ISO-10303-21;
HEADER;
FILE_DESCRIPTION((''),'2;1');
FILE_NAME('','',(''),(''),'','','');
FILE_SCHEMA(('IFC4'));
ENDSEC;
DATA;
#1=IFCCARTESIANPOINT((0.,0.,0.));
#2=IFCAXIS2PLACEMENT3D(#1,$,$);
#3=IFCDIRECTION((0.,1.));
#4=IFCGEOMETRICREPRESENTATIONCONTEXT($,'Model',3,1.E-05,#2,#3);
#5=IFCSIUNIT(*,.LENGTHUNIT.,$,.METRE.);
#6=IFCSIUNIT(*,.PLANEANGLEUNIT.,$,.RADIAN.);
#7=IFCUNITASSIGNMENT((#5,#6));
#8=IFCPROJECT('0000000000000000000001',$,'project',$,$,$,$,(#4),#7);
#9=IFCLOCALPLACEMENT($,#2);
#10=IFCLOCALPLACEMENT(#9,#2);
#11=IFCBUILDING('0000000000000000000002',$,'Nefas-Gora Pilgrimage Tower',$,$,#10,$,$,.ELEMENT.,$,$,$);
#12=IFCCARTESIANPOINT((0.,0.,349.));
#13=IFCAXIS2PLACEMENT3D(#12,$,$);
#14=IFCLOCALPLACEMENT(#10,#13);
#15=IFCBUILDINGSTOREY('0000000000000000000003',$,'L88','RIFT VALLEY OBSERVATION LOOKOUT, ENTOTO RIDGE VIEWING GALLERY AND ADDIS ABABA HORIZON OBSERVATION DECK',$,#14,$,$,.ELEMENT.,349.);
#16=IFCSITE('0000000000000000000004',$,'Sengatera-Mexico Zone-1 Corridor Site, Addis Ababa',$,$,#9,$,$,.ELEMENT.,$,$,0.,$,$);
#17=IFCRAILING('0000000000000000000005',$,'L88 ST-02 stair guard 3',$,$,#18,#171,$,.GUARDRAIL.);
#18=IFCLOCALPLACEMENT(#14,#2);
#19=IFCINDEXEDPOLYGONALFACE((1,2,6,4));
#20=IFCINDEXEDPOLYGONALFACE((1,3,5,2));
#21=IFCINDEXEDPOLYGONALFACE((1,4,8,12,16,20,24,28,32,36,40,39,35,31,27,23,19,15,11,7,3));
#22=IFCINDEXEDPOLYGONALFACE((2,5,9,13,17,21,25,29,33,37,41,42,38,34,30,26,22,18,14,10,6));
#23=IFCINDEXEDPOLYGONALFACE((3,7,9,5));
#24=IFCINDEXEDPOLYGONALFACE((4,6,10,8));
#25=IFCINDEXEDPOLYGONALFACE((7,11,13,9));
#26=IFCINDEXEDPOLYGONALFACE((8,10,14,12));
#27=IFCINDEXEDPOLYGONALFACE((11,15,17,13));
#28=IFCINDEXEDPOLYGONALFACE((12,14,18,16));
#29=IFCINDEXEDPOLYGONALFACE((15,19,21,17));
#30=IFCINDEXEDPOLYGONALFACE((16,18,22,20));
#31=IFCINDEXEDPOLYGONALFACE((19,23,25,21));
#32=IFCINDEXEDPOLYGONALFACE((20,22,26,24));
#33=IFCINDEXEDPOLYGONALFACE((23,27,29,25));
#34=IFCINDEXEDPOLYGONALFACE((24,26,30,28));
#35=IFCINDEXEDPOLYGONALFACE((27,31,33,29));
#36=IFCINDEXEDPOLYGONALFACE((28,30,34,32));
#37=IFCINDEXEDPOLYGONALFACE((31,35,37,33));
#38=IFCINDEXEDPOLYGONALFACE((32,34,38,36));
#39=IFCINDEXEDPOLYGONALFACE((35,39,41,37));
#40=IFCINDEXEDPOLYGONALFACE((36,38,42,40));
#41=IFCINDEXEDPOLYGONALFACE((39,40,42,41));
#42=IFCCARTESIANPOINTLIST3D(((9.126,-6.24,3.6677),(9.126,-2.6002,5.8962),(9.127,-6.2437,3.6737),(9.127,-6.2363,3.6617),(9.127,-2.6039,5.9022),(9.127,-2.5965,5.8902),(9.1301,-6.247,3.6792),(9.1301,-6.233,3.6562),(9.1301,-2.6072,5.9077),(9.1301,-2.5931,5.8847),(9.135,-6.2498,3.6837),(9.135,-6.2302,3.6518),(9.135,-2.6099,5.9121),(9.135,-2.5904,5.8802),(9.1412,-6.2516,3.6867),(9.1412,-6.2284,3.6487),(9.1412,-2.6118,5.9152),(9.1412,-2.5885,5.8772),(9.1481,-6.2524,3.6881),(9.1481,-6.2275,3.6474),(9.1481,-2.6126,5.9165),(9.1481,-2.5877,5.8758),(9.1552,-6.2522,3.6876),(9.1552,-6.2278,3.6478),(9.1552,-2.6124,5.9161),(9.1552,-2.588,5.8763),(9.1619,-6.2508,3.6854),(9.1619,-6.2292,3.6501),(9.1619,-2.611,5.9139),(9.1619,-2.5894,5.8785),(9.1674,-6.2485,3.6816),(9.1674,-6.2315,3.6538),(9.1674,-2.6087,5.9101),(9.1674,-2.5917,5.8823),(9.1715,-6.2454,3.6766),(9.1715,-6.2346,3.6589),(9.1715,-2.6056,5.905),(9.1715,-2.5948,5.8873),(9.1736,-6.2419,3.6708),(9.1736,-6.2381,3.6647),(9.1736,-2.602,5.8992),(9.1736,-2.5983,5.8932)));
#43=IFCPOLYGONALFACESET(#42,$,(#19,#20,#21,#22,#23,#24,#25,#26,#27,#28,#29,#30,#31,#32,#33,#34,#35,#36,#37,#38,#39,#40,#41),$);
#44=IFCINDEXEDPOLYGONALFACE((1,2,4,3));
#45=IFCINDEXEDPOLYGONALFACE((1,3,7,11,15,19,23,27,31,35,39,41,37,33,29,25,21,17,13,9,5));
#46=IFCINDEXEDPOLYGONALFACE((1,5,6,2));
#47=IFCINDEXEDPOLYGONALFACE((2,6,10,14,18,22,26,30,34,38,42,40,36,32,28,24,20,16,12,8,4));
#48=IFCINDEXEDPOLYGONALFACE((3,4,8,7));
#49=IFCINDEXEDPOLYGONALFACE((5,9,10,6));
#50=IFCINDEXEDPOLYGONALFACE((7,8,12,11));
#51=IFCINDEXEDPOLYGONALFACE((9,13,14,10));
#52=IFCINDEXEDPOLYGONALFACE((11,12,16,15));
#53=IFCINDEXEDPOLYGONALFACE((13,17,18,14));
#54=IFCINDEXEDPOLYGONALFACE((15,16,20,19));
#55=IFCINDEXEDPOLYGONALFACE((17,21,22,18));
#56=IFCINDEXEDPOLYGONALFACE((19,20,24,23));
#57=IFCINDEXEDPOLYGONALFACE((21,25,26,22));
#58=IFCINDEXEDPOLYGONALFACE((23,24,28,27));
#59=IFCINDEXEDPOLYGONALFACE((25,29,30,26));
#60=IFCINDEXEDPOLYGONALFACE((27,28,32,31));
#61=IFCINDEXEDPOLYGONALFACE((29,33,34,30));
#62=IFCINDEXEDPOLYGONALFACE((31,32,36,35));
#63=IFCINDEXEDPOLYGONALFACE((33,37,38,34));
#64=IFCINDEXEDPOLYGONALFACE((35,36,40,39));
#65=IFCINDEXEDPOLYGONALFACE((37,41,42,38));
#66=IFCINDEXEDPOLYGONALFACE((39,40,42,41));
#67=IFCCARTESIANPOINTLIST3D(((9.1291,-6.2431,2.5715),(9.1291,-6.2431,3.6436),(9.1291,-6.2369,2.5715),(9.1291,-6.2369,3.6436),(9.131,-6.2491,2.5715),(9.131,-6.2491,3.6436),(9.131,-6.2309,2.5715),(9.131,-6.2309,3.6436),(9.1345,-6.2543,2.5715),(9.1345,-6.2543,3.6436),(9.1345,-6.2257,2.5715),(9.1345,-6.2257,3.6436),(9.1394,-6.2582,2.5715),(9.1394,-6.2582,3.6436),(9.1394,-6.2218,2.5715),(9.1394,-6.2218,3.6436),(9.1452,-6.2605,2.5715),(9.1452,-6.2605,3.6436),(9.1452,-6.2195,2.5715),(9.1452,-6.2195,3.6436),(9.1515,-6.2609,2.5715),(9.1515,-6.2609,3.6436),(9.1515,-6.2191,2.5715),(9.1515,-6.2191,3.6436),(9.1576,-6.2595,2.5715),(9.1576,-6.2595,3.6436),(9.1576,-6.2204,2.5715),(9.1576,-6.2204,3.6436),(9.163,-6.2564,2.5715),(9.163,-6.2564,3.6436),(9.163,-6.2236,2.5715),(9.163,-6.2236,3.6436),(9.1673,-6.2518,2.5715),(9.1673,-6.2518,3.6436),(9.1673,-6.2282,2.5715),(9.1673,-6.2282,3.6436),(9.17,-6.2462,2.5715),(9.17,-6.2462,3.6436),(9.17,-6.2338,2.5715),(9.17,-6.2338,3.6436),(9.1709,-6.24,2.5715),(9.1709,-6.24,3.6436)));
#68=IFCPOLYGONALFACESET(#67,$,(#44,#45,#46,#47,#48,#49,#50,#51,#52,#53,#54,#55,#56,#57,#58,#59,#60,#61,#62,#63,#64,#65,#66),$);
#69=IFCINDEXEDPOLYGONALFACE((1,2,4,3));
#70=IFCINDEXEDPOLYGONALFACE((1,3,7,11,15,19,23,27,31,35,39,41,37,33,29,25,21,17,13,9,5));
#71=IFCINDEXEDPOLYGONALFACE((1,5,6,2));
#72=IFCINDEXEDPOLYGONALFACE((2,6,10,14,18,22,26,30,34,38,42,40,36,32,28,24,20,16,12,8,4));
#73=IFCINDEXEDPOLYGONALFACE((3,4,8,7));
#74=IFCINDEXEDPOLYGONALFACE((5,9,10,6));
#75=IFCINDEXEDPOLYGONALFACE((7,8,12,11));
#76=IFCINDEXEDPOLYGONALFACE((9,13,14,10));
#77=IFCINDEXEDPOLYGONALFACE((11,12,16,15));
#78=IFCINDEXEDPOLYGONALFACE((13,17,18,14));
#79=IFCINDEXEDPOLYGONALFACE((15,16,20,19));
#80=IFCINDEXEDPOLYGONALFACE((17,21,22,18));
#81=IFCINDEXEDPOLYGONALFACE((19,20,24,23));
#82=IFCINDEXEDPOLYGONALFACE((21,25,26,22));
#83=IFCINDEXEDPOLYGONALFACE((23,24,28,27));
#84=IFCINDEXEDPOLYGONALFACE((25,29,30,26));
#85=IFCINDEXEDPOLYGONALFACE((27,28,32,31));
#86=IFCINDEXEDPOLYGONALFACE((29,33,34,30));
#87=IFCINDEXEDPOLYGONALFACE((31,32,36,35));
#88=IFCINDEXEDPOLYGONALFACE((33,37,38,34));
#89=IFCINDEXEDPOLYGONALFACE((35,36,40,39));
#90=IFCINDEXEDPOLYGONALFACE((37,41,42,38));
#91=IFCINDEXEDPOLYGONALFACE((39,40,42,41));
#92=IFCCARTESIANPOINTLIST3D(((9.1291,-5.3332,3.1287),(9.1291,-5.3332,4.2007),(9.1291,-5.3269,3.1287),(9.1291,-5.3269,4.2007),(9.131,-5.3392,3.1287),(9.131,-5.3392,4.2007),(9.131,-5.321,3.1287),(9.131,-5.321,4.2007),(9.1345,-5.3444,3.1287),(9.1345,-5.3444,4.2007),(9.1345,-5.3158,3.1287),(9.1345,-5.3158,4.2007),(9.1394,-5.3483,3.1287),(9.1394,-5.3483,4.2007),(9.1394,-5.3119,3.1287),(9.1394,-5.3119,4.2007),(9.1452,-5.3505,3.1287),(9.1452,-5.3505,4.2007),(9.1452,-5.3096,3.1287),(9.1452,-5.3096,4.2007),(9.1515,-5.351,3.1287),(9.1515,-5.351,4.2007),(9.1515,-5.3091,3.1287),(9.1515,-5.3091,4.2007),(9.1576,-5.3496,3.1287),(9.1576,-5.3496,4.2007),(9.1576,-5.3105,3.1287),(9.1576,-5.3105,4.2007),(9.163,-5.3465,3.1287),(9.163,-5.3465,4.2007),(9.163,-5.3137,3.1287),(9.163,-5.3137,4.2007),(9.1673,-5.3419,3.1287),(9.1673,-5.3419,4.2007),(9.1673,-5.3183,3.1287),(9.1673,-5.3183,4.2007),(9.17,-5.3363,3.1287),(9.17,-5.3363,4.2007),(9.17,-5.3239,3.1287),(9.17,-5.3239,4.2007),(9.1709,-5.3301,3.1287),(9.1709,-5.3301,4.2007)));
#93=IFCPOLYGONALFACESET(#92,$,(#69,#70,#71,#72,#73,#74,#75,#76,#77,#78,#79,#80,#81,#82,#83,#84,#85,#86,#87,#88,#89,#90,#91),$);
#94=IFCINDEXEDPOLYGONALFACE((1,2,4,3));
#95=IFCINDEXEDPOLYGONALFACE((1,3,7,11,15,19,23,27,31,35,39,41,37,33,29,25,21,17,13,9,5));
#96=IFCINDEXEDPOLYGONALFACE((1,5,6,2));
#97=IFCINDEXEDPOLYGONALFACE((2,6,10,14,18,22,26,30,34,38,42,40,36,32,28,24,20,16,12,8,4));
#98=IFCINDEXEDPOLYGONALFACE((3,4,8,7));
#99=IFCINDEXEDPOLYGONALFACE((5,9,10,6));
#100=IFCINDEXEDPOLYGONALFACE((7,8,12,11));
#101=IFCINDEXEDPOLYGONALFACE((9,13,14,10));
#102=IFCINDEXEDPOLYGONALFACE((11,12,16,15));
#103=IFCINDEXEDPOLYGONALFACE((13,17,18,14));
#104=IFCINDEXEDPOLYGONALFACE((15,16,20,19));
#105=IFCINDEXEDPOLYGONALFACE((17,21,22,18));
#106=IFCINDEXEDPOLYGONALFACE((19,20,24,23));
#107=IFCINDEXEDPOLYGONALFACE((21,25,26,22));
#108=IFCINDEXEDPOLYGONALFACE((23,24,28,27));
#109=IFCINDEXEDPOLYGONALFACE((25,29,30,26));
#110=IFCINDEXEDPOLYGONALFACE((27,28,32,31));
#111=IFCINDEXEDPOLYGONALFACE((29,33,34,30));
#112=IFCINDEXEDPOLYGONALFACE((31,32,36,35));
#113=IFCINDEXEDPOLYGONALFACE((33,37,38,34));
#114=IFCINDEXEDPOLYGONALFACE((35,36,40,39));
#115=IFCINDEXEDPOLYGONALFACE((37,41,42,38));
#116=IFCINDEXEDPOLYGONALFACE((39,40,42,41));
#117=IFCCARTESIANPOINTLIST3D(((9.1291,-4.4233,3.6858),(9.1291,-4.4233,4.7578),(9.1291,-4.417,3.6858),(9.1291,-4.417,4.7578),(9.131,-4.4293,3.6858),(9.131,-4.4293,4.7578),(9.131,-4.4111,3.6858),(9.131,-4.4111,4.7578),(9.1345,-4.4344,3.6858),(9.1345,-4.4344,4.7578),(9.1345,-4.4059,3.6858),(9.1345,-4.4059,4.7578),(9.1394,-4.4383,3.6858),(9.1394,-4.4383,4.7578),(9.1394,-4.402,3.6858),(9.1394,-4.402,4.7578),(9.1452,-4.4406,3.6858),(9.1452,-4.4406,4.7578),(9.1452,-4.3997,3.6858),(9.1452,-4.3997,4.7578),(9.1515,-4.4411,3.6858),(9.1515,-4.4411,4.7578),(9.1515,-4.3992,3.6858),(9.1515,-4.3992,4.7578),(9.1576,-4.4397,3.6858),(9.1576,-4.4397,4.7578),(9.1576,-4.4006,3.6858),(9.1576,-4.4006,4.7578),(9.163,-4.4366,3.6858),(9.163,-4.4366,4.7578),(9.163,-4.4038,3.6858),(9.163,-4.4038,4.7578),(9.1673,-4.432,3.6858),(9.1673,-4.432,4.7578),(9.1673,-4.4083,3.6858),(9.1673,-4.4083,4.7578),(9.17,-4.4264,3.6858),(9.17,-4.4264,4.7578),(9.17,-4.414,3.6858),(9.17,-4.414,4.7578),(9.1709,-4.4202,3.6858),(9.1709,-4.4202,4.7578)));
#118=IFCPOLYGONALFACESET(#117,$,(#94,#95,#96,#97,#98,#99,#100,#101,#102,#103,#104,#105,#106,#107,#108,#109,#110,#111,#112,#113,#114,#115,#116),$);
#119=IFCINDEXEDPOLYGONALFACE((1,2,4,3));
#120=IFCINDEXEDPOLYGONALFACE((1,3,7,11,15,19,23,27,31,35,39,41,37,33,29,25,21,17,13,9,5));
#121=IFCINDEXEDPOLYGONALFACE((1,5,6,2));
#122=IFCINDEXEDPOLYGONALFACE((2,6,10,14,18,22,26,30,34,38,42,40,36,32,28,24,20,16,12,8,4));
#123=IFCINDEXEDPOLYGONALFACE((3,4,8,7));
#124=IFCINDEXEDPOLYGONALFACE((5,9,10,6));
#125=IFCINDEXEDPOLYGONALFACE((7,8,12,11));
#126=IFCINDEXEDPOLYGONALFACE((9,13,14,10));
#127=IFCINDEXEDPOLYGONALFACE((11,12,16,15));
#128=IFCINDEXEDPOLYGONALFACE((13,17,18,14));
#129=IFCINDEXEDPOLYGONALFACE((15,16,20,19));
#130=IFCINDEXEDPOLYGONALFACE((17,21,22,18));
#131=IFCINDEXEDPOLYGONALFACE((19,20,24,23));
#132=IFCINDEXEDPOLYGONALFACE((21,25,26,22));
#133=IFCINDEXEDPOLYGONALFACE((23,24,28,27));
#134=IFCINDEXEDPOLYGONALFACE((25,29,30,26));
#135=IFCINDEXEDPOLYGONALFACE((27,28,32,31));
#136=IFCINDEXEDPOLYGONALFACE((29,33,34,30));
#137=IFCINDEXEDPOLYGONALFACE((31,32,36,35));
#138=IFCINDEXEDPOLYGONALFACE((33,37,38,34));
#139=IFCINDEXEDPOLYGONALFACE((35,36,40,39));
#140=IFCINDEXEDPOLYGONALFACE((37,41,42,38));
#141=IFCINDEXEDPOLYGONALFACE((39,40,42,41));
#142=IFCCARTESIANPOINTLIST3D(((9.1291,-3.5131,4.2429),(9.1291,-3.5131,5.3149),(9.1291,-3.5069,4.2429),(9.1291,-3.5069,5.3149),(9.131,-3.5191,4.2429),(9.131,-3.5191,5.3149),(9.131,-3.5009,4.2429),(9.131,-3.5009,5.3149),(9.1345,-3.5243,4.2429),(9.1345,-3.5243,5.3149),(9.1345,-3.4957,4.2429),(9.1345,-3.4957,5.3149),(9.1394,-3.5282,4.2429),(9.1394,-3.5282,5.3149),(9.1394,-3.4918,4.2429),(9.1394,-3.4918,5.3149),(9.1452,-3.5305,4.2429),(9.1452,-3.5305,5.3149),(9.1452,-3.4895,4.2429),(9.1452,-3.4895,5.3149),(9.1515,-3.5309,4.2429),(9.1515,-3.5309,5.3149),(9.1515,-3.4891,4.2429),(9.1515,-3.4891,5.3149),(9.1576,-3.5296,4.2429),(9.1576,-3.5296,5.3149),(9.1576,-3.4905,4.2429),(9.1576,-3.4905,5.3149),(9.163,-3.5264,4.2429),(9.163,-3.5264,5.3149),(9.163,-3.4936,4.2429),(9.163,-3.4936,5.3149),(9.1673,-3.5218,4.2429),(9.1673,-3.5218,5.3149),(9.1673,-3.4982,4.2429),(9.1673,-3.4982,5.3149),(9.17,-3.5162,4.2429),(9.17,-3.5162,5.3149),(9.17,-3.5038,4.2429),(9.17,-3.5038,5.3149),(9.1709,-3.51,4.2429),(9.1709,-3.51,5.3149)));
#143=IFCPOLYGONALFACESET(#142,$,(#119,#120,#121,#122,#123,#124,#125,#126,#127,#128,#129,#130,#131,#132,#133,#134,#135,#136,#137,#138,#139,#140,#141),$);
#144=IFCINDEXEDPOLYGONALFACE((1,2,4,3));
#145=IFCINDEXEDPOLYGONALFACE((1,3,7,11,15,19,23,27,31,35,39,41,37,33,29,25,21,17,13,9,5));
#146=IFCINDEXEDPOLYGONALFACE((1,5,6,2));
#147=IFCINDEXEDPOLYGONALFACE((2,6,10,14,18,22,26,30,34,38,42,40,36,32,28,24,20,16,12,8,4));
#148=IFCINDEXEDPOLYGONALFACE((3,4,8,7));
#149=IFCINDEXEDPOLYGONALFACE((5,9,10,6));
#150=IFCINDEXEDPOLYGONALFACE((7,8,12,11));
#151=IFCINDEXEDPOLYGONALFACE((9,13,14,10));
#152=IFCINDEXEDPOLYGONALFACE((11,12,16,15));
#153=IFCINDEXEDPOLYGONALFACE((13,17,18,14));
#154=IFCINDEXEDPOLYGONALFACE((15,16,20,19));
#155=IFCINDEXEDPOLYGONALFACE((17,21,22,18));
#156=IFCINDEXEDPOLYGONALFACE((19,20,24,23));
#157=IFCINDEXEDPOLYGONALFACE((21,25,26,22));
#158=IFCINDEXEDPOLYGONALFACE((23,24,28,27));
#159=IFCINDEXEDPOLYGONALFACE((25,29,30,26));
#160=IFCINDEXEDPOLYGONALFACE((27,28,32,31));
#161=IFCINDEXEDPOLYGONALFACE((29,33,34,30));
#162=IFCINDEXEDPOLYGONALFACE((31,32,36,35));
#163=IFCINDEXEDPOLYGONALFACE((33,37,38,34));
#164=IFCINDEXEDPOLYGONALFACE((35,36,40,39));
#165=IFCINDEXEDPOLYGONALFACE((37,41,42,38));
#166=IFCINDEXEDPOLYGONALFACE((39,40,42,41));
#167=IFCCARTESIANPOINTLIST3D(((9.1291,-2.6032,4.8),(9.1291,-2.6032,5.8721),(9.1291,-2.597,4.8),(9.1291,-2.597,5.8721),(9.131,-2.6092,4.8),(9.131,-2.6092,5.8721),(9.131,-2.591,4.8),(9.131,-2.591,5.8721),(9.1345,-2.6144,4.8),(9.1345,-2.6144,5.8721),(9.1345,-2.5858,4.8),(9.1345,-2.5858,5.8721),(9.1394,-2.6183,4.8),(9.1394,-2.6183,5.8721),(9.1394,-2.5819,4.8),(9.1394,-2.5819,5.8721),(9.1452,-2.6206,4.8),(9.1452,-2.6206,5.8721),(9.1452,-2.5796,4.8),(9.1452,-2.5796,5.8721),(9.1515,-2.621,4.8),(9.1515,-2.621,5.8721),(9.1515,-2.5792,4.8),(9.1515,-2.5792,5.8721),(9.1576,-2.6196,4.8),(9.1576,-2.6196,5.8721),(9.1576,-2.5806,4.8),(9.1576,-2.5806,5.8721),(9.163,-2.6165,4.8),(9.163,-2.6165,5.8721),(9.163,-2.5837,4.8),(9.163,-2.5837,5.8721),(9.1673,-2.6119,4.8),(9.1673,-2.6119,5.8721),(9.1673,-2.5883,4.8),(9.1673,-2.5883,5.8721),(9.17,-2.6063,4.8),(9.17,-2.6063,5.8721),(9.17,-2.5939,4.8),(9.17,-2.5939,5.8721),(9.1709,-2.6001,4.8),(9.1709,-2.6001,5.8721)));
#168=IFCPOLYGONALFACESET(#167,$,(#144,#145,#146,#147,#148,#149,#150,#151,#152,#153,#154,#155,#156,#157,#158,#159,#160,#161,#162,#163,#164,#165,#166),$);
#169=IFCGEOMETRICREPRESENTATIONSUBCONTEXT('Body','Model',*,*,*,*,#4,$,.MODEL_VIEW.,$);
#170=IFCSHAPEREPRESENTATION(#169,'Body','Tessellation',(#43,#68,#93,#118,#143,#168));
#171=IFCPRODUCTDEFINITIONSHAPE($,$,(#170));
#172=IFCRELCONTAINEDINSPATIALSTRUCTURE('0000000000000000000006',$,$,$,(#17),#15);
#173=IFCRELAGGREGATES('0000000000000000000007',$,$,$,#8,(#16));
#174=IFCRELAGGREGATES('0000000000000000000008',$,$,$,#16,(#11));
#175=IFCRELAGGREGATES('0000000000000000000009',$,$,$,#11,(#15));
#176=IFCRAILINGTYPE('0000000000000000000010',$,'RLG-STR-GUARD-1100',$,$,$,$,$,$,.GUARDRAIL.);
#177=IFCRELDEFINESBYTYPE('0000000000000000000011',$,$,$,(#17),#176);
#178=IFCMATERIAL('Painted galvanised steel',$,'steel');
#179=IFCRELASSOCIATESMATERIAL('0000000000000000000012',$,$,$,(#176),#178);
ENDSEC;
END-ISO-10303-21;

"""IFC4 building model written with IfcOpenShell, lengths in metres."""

from ifc_helpers import new_model, si_unit, direction, frame, origin, origin_2d, place, context, subcontext, project, spatial, circle, extrude, material, type_object, element, save


model = new_model("IFC4")

# Units and contexts
model_context = context("Model", 3, precision=1e-05, world=origin(), true_north=direction((0.0, 1.0)))
body_context = subcontext(model_context, "Body", "Model", "MODEL_VIEW")
ifc_project = project(units=[si_unit("LENGTHUNIT", "METRE"), si_unit("PLANEANGLEUNIT", "RADIAN")], contexts=[model_context])

# Site, building, storey
site_placement = place(None, origin())
site = spatial("IfcSite", under=ifc_project, at=site_placement, Name="Sengatera-Mexico Zone-1 Corridor Site, Addis Ababa", CompositionType="ELEMENT", RefElevation=0.0)
building_placement = place(site_placement, origin())
building = spatial("IfcBuilding", under=site, at=building_placement, Name="Nefas-Gora Pilgrimage Tower", CompositionType="ELEMENT")
storey_placement = place(building_placement, frame((0.0, 0.0, 349.0)))
storey = spatial("IfcBuildingStorey", under=building, at=storey_placement, Name="L88", Description="RIFT VALLEY OBSERVATION LOOKOUT, ENTOTO RIDGE VIEWING GALLERY AND ADDIS ABABA HORIZON OBSERVATION DECK", CompositionType="ELEMENT", Elevation=349.0)

# Railing
ifc_material_1 = material(Name="Painted galvanised steel", Category="steel")
railing_type_1 = type_object("IfcRailingType", Name="RLG-STR-GUARD-1100", PredefinedType="GUARDRAIL", material=ifc_material_1)
railing_1_placement = place(storey_placement, frame((9.1499, -6.24, 2.5715)))
element("IfcRailing", 1, at=railing_1_placement, inside=storey, type_object=railing_type_1, Name="L88 ST-02 stair guard 3", PredefinedType="GUARDRAIL", context=body_context, shape_type="SweptSolid", body=[
    extrude(circle(Radius=0.0239, at=origin_2d()), frame((0.0, 0.0, 1.0962), z_axis=(0.0, 0.85285, 0.522156), x_axis=(-1.0, 0.0, 0.0)), (0.0, 0.0, 1.0), 4.2678),
    extrude(circle(Radius=0.021, at=origin_2d()), origin(), (0.0, 0.0, 1.0), 1.072),
    extrude(circle(Radius=0.021, at=origin_2d()), frame((0.0, 0.9099, 0.5571)), (0.0, 0.0, 1.0), 1.072),
    extrude(circle(Radius=0.021, at=origin_2d()), frame((0.0, 1.8198, 1.1143)), (0.0, 0.0, 1.0), 1.072),
    extrude(circle(Radius=0.021, at=origin_2d()), frame((0.0, 2.73, 1.6714)), (0.0, 0.0, 1.0), 1.072),
    extrude(circle(Radius=0.021, at=origin_2d()), frame((0.0, 3.6399, 2.2285)), (0.0, 0.0, 1.0), 1.072),
])

save(model, "model.ifc")
